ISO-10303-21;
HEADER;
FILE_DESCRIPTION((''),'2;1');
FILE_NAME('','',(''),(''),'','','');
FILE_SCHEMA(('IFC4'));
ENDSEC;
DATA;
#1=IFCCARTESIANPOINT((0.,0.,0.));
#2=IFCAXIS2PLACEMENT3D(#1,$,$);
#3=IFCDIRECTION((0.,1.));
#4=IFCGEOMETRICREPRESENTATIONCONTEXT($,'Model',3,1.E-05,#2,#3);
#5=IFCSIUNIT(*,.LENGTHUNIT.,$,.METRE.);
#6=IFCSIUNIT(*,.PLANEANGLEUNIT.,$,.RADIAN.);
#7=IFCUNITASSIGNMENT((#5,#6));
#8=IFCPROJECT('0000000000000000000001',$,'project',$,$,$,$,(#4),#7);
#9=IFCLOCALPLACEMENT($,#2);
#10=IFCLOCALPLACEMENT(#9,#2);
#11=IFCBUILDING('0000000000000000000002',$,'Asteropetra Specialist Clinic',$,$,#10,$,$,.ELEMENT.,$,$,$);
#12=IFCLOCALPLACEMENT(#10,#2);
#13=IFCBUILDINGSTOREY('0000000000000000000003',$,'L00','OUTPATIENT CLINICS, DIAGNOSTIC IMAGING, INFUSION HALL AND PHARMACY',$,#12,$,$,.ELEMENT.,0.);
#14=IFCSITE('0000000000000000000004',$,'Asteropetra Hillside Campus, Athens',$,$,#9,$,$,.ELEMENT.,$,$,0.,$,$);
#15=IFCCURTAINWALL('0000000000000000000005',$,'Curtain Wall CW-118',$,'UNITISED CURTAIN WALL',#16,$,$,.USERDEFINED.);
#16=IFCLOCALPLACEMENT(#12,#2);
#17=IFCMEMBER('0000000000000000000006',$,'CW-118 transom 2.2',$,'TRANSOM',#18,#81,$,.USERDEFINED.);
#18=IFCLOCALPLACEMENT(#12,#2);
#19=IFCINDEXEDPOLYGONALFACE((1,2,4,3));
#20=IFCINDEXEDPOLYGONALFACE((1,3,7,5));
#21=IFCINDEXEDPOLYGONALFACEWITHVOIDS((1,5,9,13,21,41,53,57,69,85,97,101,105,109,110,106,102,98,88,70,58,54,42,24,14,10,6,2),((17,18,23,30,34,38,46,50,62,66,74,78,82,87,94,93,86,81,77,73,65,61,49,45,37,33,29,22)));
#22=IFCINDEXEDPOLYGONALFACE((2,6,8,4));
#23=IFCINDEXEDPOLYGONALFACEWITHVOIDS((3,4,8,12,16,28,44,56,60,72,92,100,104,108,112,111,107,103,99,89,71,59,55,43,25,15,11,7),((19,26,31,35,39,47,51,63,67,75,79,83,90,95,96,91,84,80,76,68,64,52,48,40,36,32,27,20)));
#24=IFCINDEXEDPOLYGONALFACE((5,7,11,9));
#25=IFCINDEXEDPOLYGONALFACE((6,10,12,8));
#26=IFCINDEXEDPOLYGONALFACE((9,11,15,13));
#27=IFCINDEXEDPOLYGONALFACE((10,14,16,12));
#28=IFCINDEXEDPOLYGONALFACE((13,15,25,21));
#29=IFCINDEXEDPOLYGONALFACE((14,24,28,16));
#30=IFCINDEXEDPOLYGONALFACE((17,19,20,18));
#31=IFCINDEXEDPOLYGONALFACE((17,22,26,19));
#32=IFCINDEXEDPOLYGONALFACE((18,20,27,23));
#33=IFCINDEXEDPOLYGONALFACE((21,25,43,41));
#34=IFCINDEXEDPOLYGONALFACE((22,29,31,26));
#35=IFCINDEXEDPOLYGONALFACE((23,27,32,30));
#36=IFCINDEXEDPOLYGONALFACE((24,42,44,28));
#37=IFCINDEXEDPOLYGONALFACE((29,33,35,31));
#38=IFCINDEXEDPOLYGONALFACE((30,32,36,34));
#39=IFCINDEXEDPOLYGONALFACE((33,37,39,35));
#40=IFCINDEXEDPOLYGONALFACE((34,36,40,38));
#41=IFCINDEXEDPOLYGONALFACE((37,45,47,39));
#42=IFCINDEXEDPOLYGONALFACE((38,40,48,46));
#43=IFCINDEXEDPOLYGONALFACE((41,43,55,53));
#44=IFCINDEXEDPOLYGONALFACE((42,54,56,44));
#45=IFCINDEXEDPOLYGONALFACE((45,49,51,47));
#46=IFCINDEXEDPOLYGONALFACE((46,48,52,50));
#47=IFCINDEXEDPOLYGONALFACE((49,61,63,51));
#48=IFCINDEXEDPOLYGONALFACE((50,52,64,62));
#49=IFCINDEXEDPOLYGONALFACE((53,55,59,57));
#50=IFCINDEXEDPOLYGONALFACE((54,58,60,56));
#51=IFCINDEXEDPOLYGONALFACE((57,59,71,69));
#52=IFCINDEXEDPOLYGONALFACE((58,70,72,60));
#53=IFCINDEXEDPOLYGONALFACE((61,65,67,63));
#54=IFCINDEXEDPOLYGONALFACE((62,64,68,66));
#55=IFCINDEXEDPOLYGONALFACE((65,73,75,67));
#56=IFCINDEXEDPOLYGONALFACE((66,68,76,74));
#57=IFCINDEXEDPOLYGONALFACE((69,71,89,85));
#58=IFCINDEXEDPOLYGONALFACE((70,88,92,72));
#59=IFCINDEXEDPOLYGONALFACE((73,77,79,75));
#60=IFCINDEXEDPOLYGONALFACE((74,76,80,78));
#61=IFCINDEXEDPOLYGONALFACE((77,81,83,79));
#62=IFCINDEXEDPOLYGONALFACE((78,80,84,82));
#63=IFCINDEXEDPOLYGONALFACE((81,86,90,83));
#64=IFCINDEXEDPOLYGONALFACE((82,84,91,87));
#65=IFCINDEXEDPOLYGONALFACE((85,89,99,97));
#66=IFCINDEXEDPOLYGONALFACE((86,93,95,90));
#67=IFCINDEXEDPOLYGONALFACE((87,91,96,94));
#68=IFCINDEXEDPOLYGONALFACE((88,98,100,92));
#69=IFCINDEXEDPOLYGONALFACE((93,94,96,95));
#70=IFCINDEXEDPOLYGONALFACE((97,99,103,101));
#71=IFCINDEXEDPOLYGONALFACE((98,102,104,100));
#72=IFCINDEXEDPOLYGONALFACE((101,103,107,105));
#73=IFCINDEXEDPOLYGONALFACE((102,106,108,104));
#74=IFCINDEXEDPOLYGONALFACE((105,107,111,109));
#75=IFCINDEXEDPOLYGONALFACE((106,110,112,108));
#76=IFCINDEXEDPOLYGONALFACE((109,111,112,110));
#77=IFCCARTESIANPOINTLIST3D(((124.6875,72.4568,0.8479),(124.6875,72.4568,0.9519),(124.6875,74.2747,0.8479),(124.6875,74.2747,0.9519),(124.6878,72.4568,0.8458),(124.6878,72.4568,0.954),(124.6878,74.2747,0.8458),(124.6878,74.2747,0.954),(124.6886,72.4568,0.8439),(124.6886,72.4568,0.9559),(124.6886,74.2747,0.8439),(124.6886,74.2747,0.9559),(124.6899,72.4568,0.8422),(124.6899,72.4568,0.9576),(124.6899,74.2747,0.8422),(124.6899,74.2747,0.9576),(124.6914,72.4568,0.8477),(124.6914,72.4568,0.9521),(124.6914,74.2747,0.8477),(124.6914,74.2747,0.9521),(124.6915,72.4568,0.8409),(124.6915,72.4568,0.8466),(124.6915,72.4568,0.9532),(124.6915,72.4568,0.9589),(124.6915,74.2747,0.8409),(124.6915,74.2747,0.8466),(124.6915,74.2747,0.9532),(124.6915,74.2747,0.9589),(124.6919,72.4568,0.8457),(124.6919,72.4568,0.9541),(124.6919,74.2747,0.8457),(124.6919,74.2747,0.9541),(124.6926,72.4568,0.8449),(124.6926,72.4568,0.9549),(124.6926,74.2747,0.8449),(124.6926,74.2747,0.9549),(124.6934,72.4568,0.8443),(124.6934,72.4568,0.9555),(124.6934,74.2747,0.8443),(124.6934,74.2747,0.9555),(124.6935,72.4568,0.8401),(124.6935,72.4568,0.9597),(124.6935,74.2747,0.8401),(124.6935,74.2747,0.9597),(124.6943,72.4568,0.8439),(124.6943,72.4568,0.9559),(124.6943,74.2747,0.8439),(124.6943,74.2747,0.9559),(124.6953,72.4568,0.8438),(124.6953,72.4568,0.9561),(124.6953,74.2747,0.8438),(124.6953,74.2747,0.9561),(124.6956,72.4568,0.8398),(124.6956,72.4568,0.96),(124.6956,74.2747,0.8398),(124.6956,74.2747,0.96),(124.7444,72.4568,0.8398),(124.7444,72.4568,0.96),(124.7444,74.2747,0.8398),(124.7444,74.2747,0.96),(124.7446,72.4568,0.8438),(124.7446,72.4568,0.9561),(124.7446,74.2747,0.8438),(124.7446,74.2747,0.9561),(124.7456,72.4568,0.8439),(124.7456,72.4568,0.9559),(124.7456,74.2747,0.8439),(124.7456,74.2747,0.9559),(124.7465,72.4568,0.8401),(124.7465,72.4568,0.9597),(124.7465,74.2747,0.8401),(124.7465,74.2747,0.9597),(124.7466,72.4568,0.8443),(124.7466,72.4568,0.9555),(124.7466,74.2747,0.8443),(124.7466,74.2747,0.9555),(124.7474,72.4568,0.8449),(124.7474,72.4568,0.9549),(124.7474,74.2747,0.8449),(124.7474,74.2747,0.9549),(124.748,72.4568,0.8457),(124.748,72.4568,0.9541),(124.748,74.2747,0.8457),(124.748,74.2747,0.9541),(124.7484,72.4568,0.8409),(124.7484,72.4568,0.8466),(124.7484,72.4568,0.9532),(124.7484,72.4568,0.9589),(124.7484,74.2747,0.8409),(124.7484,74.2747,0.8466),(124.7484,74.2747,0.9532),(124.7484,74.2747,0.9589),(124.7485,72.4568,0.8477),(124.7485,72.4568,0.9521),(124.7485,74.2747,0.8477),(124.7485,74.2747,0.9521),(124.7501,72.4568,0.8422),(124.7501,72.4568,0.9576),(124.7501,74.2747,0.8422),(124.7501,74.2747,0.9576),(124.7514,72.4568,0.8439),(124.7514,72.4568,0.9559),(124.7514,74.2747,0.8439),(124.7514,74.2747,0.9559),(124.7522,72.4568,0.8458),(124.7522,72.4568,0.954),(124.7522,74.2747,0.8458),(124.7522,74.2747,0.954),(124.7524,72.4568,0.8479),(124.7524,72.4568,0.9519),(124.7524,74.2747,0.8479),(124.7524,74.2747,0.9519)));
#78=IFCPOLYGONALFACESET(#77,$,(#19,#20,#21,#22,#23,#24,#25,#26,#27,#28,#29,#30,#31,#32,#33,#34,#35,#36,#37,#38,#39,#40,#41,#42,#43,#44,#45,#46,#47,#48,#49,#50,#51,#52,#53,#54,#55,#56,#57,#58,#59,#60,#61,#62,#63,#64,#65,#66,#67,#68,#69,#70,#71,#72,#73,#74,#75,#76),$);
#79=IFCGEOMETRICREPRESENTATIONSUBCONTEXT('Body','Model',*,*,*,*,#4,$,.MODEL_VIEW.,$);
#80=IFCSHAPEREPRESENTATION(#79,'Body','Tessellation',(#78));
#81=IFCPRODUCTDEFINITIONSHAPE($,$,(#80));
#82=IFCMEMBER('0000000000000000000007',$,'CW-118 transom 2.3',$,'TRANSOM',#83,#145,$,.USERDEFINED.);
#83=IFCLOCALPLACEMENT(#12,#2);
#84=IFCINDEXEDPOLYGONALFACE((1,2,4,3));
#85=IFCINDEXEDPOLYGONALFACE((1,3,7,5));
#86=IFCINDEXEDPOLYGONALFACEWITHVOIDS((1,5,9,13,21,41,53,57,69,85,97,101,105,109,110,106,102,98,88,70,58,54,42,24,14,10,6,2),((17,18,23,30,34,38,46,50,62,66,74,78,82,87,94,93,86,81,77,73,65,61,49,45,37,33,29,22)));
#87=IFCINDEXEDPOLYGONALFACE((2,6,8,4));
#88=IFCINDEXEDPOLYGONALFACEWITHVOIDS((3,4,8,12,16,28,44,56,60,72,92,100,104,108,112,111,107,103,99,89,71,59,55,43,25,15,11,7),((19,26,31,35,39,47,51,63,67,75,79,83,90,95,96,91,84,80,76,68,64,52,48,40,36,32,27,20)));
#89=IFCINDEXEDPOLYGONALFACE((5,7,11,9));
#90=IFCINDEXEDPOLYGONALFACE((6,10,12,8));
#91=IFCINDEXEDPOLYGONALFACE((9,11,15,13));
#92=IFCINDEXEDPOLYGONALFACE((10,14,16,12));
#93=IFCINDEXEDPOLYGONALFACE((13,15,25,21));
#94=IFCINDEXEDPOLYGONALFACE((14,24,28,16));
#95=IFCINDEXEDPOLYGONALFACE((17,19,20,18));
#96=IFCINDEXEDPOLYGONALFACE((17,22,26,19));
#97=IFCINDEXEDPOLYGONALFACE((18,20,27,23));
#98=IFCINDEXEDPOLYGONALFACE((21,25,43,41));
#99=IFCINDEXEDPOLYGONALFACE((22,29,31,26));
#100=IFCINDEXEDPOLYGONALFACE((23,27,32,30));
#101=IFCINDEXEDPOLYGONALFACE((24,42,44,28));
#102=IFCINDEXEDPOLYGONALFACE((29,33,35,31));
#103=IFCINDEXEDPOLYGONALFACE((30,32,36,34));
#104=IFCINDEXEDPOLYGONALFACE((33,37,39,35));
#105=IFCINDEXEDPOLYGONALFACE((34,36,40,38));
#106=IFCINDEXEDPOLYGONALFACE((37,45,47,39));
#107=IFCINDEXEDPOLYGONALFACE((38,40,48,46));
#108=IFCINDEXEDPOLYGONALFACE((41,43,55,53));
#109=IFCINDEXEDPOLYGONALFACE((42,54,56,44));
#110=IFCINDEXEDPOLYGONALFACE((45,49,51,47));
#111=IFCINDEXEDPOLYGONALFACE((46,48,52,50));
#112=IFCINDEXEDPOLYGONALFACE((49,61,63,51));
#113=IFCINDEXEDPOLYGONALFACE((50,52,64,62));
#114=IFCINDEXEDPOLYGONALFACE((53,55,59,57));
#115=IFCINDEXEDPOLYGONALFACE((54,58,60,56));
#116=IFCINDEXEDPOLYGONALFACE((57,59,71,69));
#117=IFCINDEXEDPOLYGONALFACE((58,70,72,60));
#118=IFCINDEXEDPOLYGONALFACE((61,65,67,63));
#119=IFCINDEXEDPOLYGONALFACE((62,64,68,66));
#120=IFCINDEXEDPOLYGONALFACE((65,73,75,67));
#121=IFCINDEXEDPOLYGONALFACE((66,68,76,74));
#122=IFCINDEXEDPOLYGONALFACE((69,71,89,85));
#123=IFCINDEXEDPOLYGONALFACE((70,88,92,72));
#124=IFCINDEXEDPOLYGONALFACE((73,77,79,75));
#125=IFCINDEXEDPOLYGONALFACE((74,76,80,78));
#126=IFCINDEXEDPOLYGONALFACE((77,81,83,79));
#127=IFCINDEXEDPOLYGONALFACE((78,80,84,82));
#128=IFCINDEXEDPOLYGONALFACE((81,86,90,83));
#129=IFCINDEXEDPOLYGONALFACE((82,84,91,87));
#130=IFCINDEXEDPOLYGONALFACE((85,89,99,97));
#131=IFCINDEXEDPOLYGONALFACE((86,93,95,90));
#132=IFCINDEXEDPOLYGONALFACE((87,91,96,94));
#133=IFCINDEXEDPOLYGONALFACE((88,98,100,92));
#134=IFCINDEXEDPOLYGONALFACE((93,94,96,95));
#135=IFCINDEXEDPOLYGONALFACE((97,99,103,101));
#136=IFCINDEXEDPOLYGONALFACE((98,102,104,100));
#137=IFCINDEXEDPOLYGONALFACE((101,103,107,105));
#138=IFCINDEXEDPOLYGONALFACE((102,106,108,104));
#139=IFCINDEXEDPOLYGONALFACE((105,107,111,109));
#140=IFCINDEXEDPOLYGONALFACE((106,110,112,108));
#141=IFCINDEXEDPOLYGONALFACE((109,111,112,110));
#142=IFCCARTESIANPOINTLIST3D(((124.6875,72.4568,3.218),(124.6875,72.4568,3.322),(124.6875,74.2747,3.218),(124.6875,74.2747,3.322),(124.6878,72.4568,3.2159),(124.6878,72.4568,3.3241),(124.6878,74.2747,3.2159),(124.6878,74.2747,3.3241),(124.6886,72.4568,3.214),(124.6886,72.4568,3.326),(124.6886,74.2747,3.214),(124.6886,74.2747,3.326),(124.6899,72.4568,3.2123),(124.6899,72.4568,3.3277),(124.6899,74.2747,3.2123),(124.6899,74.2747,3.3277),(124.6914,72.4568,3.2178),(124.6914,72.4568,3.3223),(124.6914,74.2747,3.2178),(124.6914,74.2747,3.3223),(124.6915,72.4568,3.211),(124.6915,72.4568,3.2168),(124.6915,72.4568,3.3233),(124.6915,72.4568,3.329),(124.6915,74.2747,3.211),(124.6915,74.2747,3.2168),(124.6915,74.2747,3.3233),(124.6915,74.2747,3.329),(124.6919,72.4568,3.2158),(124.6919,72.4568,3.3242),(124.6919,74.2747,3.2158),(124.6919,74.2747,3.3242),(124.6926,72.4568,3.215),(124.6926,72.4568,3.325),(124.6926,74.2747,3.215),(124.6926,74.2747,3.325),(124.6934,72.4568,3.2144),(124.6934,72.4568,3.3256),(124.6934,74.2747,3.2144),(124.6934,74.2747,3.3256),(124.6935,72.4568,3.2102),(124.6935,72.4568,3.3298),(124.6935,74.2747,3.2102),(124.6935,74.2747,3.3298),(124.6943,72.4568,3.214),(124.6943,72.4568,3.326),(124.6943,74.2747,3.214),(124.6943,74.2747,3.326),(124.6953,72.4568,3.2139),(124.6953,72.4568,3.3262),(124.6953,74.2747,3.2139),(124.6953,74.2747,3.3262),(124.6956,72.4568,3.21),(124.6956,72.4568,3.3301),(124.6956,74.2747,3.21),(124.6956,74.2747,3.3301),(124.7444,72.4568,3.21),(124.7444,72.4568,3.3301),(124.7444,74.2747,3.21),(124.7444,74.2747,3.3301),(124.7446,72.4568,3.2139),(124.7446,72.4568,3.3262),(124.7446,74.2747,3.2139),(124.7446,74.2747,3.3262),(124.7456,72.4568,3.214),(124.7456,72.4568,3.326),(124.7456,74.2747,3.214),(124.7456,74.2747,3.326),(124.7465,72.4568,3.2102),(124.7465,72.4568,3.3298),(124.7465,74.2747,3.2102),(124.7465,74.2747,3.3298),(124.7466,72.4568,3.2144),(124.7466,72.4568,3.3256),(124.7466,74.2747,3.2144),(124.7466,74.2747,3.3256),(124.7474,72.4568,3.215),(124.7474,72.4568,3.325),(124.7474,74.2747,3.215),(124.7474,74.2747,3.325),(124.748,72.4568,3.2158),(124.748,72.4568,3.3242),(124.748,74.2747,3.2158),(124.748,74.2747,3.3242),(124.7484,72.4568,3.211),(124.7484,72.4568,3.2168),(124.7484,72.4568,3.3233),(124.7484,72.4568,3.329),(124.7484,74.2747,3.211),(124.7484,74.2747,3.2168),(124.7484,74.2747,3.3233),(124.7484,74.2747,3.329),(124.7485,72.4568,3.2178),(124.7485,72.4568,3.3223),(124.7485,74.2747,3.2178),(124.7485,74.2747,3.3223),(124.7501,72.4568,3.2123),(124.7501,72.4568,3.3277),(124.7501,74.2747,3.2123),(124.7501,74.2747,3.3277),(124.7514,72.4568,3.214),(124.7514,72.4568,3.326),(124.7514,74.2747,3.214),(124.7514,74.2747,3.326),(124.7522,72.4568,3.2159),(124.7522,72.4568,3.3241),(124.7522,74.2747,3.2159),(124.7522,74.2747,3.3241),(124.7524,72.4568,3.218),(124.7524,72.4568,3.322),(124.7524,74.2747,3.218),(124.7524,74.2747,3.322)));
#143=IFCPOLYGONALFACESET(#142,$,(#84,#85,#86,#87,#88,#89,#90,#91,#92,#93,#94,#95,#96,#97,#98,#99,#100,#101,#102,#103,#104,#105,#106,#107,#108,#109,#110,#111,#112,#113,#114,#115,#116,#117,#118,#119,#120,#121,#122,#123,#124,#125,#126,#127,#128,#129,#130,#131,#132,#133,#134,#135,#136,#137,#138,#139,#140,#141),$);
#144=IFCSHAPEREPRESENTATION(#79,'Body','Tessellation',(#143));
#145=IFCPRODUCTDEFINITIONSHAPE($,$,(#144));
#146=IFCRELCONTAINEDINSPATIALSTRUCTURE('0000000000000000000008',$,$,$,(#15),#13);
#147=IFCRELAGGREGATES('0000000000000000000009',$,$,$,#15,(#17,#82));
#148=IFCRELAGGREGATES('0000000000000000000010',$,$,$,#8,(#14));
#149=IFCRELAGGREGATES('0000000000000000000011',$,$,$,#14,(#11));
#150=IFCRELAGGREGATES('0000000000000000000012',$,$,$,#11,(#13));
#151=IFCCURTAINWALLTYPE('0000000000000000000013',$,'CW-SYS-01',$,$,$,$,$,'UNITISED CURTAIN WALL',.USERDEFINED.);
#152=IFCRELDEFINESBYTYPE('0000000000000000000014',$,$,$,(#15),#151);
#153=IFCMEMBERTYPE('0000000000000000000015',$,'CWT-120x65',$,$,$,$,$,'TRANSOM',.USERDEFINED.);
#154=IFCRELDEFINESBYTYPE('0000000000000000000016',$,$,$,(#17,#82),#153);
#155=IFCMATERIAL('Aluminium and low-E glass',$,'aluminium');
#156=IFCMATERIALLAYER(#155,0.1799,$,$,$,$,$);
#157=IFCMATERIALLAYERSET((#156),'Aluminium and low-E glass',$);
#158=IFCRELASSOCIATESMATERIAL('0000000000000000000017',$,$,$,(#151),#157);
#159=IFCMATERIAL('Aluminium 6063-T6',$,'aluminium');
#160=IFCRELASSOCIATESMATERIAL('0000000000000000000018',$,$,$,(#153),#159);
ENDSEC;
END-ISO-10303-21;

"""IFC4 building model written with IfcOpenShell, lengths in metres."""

from ifc_helpers import new_model, si_unit, direction, frame, origin, origin_2d, place, context, subcontext, project, spatial, hollow_rectangle, extrude, material, layer, layer_set, material_profile, profile_set, type_object, element, aggregate, save


model = new_model("IFC4")

# Units and contexts
model_context = context("Model", 3, precision=1e-05, world=origin(), true_north=direction((0.0, 1.0)))
body_context = subcontext(model_context, "Body", "Model", "MODEL_VIEW")
ifc_project = project(units=[si_unit("LENGTHUNIT", "METRE"), si_unit("PLANEANGLEUNIT", "RADIAN")], contexts=[model_context])

# Site, building, storey
site_placement = place(None, origin())
site = spatial("IfcSite", under=ifc_project, at=site_placement, Name="Asteropetra Hillside Campus, Athens", CompositionType="ELEMENT", RefElevation=0.0)
building_placement = place(site_placement, origin())
building = spatial("IfcBuilding", under=site, at=building_placement, Name="Asteropetra Specialist Clinic", CompositionType="ELEMENT")
storey_placement = place(building_placement, origin())
storey = spatial("IfcBuildingStorey", under=building, at=storey_placement, Name="L00", Description="OUTPATIENT CLINICS, DIAGNOSTIC IMAGING, INFUSION HALL AND PHARMACY", CompositionType="ELEMENT", Elevation=0.0)

# Curtain wall, members
ifc_material_1 = material(Name="Aluminium and low-E glass", Category="aluminium")
ifc_layer_1 = layer(ifc_material_1, 0.1799)
ifc_layer_set_1 = layer_set([ifc_layer_1], Name="Aluminium and low-E glass")
curtain_wall_type = type_object("IfcCurtainWallType", Name="CW-SYS-01", ElementType="UNITISED CURTAIN WALL", PredefinedType="USERDEFINED", material=ifc_layer_set_1)
curtain_wall_placement = place(storey_placement, origin())
curtain_wall = element("IfcCurtainWall", 1, at=curtain_wall_placement, inside=storey, type_object=curtain_wall_type, Name="Curtain Wall CW-118", ObjectType="UNITISED CURTAIN WALL", PredefinedType="USERDEFINED")
ifc_material_2 = material(Name="Aluminium 6063-T6", Category="aluminium")
ifc_material_profile_1 = material_profile(ifc_material_2, hollow_rectangle(XDim=0.0649, YDim=0.1201, WallThickness=0.0039, InnerFilletRadius=0.0039, OuterFilletRadius=0.0081, at=origin_2d()), Name="TRN 120x65x4.0")
ifc_profile_set_1 = profile_set([ifc_material_profile_1], Name="Aluminium 6063-T6")
member_type_1 = type_object("IfcMemberType", Name="CWT-120x65", ElementType="TRANSOM", PredefinedType="USERDEFINED", material=ifc_profile_set_1)
member_1_placement = place(storey_placement, frame((124.72, 74.2747, 0.8999), z_axis=(0.0, -1.0, 0.0), x_axis=(1.0, 0.0, 0.0)))
member_1 = element("IfcMember", 2, at=member_1_placement, type_object=member_type_1, Name="CW-118 transom 2.2", ObjectType="TRANSOM", PredefinedType="USERDEFINED", context=body_context, shape_type="SweptSolid", body=[
    extrude(hollow_rectangle(XDim=0.0649, YDim=0.1201, WallThickness=0.0039, InnerFilletRadius=0.0039, OuterFilletRadius=0.0081, at=origin_2d()), origin(), (0.0, 0.0, 1.0), 1.8179),
])
member_2_placement = place(storey_placement, frame((124.72, 74.2747, 3.27), z_axis=(0.0, -1.0, 0.0), x_axis=(1.0, 0.0, 0.0)))
member_2 = element("IfcMember", 3, at=member_2_placement, type_object=member_type_1, Name="CW-118 transom 2.3", ObjectType="TRANSOM", PredefinedType="USERDEFINED", context=body_context, shape_type="SweptSolid", body=[
    extrude(hollow_rectangle(XDim=0.0649, YDim=0.1201, WallThickness=0.0039, InnerFilletRadius=0.0039, OuterFilletRadius=0.0081, at=origin_2d()), origin(), (0.0, 0.0, 1.0), 1.8179),
])
aggregate(curtain_wall, [member_1, member_2])

save(model, "model.ifc")
